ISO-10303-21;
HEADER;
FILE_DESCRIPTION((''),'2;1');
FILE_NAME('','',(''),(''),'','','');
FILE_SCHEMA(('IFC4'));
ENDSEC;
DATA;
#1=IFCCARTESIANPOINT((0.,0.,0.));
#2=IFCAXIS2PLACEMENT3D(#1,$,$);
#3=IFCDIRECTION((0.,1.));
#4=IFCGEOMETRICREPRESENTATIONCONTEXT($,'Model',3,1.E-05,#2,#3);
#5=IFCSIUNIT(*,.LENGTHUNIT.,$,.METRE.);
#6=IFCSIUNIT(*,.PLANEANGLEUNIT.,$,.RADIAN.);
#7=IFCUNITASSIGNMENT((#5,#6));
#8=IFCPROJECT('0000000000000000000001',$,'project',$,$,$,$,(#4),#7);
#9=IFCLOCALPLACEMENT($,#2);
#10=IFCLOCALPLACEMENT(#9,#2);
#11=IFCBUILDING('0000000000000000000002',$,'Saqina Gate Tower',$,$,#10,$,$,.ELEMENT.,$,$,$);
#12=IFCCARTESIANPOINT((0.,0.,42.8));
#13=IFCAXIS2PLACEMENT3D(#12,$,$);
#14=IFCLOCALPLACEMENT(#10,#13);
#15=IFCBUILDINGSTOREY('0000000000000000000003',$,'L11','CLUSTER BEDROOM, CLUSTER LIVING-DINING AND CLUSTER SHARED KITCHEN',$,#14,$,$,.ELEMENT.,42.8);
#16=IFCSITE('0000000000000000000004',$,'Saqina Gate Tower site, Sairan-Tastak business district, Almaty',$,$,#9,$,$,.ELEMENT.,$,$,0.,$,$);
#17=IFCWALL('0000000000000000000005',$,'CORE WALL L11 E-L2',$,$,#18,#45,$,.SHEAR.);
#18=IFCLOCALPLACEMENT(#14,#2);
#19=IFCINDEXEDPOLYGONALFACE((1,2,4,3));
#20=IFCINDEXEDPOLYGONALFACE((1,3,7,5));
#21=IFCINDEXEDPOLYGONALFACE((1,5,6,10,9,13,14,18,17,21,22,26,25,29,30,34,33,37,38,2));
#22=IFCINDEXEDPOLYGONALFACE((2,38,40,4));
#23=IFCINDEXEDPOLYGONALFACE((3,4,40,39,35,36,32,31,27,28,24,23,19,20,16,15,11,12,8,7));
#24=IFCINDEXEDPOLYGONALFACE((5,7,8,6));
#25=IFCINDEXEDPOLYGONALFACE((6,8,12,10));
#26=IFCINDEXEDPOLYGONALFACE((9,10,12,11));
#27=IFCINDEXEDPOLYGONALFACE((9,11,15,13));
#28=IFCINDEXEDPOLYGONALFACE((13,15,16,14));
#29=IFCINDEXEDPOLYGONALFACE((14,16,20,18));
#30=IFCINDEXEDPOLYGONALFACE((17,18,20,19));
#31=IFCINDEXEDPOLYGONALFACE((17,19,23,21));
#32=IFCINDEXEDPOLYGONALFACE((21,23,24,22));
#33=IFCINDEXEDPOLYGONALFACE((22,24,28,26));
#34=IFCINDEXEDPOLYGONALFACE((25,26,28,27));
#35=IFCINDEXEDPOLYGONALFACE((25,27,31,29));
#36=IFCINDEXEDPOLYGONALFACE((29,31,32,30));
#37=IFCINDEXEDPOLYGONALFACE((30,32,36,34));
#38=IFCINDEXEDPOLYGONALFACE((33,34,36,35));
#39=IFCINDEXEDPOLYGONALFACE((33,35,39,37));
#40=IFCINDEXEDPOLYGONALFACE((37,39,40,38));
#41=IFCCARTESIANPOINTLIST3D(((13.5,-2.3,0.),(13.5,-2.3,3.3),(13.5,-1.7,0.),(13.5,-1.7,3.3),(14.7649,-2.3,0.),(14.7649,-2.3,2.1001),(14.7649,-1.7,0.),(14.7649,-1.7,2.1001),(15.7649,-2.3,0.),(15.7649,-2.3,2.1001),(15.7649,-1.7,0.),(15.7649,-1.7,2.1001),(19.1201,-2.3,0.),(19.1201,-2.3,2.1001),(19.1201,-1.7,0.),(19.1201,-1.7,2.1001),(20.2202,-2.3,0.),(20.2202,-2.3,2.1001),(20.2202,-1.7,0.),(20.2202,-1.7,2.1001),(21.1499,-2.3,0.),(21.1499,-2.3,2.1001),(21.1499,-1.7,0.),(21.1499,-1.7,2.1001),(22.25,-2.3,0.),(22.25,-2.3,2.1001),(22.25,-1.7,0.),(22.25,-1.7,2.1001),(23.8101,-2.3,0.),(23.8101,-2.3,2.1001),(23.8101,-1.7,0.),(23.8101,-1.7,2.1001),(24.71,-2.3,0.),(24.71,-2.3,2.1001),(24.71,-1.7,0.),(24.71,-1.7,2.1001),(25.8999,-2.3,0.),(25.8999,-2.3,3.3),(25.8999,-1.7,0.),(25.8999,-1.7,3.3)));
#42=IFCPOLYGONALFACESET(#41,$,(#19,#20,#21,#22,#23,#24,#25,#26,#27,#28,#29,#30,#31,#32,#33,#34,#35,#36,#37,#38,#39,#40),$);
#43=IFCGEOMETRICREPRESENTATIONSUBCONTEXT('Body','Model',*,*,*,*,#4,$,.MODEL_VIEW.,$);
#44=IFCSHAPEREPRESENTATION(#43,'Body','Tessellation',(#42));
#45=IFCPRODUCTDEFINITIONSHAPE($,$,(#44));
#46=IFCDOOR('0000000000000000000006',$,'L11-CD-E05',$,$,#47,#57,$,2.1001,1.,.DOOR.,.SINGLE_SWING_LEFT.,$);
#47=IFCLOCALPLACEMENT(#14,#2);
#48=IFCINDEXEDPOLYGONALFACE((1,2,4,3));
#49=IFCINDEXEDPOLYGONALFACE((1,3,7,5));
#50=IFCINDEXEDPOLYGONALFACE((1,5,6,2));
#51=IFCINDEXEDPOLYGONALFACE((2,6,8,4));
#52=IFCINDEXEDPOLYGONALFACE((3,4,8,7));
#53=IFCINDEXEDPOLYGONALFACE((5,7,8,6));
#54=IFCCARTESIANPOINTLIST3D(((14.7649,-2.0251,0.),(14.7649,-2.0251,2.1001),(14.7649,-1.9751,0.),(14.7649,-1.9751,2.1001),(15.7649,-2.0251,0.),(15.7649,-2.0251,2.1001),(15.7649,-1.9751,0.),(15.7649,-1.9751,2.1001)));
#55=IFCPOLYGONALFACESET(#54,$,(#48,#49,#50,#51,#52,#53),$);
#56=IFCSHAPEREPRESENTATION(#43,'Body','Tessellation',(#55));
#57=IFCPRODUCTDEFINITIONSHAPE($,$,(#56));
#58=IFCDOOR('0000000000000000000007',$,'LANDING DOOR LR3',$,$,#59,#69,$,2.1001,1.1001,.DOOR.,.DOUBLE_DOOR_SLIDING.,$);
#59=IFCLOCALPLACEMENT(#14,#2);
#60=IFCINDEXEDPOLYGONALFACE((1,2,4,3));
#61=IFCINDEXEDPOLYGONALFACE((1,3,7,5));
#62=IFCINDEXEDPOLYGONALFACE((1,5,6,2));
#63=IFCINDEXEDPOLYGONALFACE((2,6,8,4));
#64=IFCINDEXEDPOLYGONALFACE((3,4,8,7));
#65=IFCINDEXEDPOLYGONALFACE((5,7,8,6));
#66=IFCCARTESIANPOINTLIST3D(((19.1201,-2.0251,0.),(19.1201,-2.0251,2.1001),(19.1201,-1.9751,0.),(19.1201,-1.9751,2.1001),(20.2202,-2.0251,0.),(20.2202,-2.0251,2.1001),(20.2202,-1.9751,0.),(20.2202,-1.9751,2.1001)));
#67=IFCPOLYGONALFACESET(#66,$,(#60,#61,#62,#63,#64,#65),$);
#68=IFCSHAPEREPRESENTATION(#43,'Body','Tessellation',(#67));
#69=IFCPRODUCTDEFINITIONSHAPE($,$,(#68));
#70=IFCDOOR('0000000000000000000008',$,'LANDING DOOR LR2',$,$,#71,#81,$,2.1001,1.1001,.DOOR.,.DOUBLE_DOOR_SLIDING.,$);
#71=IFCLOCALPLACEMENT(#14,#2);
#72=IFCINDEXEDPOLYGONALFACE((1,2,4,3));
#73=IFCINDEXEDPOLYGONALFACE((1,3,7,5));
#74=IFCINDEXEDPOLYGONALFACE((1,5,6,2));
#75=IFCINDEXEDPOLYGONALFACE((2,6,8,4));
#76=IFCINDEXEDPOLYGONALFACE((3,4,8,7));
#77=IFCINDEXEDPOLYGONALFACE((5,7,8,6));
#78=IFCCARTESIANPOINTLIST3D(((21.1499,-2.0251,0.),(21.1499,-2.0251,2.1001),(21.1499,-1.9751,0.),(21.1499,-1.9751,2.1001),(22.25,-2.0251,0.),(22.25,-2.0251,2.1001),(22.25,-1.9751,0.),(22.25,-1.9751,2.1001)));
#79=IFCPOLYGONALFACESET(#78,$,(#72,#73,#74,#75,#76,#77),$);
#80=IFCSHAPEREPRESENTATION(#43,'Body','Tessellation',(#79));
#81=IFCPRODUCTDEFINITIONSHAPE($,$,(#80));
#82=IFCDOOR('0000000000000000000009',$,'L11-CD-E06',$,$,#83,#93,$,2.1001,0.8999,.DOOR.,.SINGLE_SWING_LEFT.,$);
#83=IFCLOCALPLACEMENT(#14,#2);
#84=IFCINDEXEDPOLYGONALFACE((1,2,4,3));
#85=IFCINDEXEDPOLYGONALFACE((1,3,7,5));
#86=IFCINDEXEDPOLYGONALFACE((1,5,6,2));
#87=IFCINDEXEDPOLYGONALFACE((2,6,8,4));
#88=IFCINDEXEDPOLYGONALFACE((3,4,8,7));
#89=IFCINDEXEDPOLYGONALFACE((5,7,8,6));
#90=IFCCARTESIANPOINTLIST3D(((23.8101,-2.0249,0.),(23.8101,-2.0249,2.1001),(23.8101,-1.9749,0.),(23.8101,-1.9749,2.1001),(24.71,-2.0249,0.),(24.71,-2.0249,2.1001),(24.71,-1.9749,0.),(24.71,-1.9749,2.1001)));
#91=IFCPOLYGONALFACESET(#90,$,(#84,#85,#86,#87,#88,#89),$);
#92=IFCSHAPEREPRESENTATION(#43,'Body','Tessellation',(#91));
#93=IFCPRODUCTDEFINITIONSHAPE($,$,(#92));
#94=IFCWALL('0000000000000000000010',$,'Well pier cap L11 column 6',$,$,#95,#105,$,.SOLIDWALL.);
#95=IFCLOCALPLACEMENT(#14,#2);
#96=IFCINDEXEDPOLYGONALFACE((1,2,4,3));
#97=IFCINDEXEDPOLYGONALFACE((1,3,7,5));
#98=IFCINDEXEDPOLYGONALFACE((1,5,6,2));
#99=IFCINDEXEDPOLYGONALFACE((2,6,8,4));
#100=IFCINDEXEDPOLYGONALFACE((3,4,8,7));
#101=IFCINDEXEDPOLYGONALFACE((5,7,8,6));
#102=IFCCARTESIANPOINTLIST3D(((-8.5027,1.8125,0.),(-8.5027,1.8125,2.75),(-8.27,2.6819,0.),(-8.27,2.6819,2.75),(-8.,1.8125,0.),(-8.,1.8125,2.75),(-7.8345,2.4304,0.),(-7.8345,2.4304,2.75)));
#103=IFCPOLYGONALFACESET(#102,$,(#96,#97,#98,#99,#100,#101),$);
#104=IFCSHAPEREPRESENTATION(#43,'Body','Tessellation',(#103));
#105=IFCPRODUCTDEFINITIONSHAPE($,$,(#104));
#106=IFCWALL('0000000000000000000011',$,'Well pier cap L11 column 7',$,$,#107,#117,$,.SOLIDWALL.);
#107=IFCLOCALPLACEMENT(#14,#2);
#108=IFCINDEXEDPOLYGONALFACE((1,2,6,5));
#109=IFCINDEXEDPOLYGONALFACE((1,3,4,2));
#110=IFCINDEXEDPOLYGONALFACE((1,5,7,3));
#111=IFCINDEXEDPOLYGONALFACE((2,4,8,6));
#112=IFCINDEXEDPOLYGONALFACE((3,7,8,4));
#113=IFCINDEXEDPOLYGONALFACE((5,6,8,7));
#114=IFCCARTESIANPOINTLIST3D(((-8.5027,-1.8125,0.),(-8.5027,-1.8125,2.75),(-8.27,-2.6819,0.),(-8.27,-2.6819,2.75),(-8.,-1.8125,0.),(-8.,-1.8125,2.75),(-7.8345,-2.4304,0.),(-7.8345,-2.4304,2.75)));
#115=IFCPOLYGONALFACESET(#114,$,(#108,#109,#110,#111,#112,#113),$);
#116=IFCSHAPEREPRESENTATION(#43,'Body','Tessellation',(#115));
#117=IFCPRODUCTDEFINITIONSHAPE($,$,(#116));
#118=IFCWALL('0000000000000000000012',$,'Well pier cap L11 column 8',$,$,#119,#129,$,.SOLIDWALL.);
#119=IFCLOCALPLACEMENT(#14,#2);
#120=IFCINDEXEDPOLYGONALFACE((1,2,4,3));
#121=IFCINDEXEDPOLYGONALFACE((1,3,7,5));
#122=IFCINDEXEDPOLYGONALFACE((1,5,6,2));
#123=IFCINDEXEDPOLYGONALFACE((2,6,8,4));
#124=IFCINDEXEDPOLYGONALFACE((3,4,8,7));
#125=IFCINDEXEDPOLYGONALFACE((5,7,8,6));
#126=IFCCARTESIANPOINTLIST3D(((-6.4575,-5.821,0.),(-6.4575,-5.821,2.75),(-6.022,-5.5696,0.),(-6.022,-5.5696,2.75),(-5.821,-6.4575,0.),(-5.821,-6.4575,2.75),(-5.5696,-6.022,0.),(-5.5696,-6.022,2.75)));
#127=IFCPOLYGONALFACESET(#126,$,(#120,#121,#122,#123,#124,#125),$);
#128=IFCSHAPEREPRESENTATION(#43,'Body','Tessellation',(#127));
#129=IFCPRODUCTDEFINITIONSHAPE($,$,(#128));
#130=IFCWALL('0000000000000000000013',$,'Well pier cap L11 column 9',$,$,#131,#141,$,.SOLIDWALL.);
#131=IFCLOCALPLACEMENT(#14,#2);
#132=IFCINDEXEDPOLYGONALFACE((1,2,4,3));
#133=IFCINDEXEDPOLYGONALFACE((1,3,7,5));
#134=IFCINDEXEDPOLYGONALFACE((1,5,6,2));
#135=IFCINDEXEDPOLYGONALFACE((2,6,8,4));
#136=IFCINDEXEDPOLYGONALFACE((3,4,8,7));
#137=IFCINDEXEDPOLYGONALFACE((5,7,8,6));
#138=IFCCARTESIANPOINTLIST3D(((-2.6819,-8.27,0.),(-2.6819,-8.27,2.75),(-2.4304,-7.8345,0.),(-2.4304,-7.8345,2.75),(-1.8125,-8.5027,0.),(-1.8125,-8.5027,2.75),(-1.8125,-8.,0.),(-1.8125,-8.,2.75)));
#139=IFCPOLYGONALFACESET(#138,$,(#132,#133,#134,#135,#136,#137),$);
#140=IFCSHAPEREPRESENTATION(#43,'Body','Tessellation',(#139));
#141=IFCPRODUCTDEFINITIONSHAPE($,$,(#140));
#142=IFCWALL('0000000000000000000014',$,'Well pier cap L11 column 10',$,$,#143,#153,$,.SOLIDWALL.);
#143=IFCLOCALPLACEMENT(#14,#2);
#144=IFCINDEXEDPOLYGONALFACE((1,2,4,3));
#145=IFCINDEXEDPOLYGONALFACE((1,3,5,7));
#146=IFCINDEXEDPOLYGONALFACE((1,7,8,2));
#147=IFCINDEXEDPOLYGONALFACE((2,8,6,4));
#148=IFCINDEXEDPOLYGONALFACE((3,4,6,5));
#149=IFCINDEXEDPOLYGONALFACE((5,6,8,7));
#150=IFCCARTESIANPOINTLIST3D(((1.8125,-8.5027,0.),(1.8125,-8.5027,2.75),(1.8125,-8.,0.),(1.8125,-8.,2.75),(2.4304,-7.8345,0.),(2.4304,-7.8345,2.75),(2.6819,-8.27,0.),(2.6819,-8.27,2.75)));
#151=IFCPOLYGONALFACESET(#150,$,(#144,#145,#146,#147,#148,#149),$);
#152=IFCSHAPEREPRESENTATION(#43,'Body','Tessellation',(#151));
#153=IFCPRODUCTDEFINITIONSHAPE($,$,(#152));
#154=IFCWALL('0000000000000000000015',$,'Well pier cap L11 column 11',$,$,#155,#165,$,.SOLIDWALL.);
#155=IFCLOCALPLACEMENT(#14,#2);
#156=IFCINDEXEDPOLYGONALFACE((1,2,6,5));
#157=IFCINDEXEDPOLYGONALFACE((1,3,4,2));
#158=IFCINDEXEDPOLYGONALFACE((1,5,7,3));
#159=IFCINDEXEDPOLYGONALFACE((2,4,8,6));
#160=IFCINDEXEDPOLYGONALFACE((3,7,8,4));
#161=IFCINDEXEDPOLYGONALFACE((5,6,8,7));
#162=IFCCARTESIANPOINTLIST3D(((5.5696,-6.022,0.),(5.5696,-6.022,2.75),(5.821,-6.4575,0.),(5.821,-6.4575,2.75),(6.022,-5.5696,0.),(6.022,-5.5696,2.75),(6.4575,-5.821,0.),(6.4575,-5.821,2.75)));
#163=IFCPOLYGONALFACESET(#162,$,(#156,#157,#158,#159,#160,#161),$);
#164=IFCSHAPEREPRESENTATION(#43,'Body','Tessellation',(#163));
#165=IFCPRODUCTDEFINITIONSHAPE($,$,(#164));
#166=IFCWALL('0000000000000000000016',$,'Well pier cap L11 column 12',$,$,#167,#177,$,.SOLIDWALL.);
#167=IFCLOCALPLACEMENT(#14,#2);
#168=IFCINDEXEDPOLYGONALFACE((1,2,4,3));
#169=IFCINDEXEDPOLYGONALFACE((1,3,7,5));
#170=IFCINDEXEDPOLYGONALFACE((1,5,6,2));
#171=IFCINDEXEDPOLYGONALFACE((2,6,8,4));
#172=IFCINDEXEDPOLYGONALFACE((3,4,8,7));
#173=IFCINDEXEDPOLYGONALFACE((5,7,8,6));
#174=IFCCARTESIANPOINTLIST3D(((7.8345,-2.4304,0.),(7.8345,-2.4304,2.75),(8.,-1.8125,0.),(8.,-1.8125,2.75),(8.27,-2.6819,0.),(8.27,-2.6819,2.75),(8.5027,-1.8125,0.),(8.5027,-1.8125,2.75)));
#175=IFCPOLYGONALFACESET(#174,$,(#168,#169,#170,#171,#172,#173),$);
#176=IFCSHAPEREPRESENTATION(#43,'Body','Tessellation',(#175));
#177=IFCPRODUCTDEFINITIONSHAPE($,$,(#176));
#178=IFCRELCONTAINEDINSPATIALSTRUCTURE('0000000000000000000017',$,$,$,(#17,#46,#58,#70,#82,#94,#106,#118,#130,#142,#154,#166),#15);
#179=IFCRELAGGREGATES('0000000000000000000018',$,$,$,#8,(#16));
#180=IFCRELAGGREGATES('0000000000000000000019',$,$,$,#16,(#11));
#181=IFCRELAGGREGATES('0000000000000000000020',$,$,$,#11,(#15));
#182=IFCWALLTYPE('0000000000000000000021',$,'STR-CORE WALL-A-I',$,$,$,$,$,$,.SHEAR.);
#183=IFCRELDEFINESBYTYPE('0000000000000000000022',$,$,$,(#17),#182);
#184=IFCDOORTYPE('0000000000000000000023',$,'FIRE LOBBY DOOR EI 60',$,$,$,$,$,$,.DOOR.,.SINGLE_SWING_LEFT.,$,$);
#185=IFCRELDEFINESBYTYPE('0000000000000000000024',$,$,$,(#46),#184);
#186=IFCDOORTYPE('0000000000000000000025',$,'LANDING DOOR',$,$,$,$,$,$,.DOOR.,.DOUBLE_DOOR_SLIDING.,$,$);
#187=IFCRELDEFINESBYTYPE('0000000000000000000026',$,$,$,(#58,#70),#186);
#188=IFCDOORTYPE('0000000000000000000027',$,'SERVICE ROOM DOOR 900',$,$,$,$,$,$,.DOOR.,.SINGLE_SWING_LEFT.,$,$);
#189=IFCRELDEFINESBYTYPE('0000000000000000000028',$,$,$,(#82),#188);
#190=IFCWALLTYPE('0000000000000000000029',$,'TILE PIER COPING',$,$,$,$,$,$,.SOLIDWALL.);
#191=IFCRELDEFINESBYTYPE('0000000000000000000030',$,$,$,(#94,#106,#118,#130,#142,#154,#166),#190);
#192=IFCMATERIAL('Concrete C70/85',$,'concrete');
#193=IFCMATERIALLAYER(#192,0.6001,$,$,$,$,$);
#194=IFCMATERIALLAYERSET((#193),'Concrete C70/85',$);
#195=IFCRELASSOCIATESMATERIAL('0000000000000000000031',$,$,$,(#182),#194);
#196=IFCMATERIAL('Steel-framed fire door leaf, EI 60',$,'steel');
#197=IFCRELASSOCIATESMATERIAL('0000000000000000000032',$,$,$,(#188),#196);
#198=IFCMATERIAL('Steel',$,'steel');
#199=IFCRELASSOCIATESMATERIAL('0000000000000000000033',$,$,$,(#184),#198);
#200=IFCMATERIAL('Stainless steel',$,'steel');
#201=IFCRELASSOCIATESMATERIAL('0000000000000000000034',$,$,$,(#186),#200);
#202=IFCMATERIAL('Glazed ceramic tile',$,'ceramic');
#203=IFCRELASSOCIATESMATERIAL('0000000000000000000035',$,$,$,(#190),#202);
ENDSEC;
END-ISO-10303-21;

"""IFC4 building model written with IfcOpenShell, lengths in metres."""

from ifc_helpers import new_model, si_unit, direction, frame, frame_2d, origin, place, context, subcontext, project, spatial, polyline, rectangle, outline, extrude, material, layer, layer_set, type_object, element, fill, save


model = new_model("IFC4")

# Units and contexts
model_context = context("Model", 3, precision=1e-05, world=origin(), true_north=direction((0.0, 1.0)))
body_context = subcontext(model_context, "Body", "Model", "MODEL_VIEW")
ifc_project = project(units=[si_unit("LENGTHUNIT", "METRE"), si_unit("PLANEANGLEUNIT", "RADIAN")], contexts=[model_context])

# Site, building, storey
site_placement = place(None, origin())
site = spatial("IfcSite", under=ifc_project, at=site_placement, Name="Saqina Gate Tower site, Sairan-Tastak business district, Almaty", CompositionType="ELEMENT", RefElevation=0.0)
building_placement = place(site_placement, origin())
building = spatial("IfcBuilding", under=site, at=building_placement, Name="Saqina Gate Tower", CompositionType="ELEMENT")
storey_placement = place(building_placement, frame((0.0, 0.0, 42.8)))
storey = spatial("IfcBuildingStorey", under=building, at=storey_placement, Name="L11", Description="CLUSTER BEDROOM, CLUSTER LIVING-DINING AND CLUSTER SHARED KITCHEN", CompositionType="ELEMENT", Elevation=42.8)

# Wall, openings, doors
ifc_material_1 = material(Name="Concrete C70/85", Category="concrete")
ifc_layer_1 = layer(ifc_material_1, 0.6001)
ifc_layer_set_1 = layer_set([ifc_layer_1], Name="Concrete C70/85")
wall_type_1 = type_object("IfcWallType", Name="STR-CORE WALL-A-I", PredefinedType="SHEAR", material=ifc_layer_set_1)
ifc_material_2 = material(Name="Steel-framed fire door leaf, EI 60", Category="steel")
door_type_1 = type_object("IfcDoorType", Name="SERVICE ROOM DOOR 900", OperationType="SINGLE_SWING_LEFT", PredefinedType="DOOR", material=ifc_material_2)
wall_1_placement = place(storey_placement, frame((13.5, -2.0, 0.0), z_axis=(0.0, 0.0, 1.0), x_axis=(1.0, 0.0, 0.0)))
wall_1 = element("IfcWall", 1, at=wall_1_placement, inside=storey, type_object=wall_type_1, Name="CORE WALL L11 E-L2", PredefinedType="SHEAR", context=body_context, shape_type="SweptSolid", body=[
    extrude(rectangle(XDim=12.3999, YDim=0.6001, at=frame_2d((6.2, 0.0))), origin(), (0.0, 0.0, 1.0), 3.3),
])
opening_1_placement = place(wall_1_placement, frame((5.6201, 0.0, 0.0)))
opening_1 = element("IfcOpeningElement", 2, at=opening_1_placement, cuts=wall_1, PredefinedType="OPENING", context=body_context, shape_type="SweptSolid", body=[
    extrude(rectangle(XDim=1.1001, YDim=2.1001, at=frame_2d((0.55, 1.05))), frame((0.0, 0.312, 0.0), z_axis=(0.0, -1.0, 0.0), x_axis=(1.0, 0.0, 0.0)), (0.0, 0.0, 1.0), 0.624),
])
opening_2_placement = place(wall_1_placement, frame((7.6499, 0.0, 0.0)))
opening_2 = element("IfcOpeningElement", 3, at=opening_2_placement, cuts=wall_1, PredefinedType="OPENING", context=body_context, shape_type="SweptSolid", body=[
    extrude(rectangle(XDim=1.1001, YDim=2.1001, at=frame_2d((0.55, 1.05))), frame((0.0, 0.312, 0.0), z_axis=(0.0, -1.0, 0.0), x_axis=(1.0, 0.0, 0.0)), (0.0, 0.0, 1.0), 0.624),
])
opening_3_placement = place(wall_1_placement, frame((1.2649, 0.0, 0.0)))
opening_3 = element("IfcOpeningElement", 4, at=opening_3_placement, cuts=wall_1, PredefinedType="OPENING", context=body_context, shape_type="SweptSolid", body=[
    extrude(rectangle(XDim=1.0, YDim=2.1001, at=frame_2d((0.5, 1.05))), frame((0.0, 0.312, 0.0), z_axis=(0.0, -1.0, 0.0), x_axis=(1.0, 0.0, 0.0)), (0.0, 0.0, 1.0), 0.624),
])
opening_4_placement = place(wall_1_placement, frame((10.3101, 0.0, 0.0)))
opening_4 = element("IfcOpeningElement", 5, at=opening_4_placement, cuts=wall_1, PredefinedType="OPENING", context=body_context, shape_type="SweptSolid", body=[
    extrude(rectangle(XDim=0.8999, YDim=2.1001, at=frame_2d((0.45, 1.05))), frame((0.0, 0.312, 0.0), z_axis=(0.0, -1.0, 0.0), x_axis=(1.0, 0.0, 0.0)), (0.0, 0.0, 1.0), 0.624),
])
ifc_material_3 = material(Name="Steel", Category="steel")
door_type_2 = type_object("IfcDoorType", Name="FIRE LOBBY DOOR EI 60", OperationType="SINGLE_SWING_LEFT", PredefinedType="DOOR", material=ifc_material_3)
door_1_placement = place(opening_3_placement, origin())
door_1 = element("IfcDoor", 6, at=door_1_placement, inside=storey, type_object=door_type_2, Name="L11-CD-E05", OperationType="SINGLE_SWING_LEFT", OverallHeight=2.1001, OverallWidth=1.0, PredefinedType="DOOR", context=body_context, shape_type="SweptSolid", body=[
    extrude(rectangle(XDim=1.0, YDim=2.1001, at=frame_2d((0.5, 1.05))), frame((0.0, 0.0249, 0.0), z_axis=(0.0, -1.0, 0.0), x_axis=(1.0, 0.0, 0.0)), (0.0, 0.0, 1.0), 0.05),
])
fill(opening_3, door_1)
ifc_material_4 = material(Name="Stainless steel", Category="steel")
door_type_3 = type_object("IfcDoorType", Name="LANDING DOOR", OperationType="DOUBLE_DOOR_SLIDING", PredefinedType="DOOR", material=ifc_material_4)
door_2_placement = place(opening_1_placement, origin())
door_2 = element("IfcDoor", 7, at=door_2_placement, inside=storey, type_object=door_type_3, Name="LANDING DOOR LR3", OperationType="DOUBLE_DOOR_SLIDING", OverallHeight=2.1001, OverallWidth=1.1001, PredefinedType="DOOR", context=body_context, shape_type="SweptSolid", body=[
    extrude(rectangle(XDim=1.1001, YDim=2.1001, at=frame_2d((0.55, 1.05))), frame((0.0, 0.0249, 0.0), z_axis=(0.0, -1.0, 0.0), x_axis=(1.0, 0.0, 0.0)), (0.0, 0.0, 1.0), 0.05),
])
fill(opening_1, door_2)
door_3_placement = place(opening_2_placement, origin())
door_3 = element("IfcDoor", 8, at=door_3_placement, inside=storey, type_object=door_type_3, Name="LANDING DOOR LR2", OperationType="DOUBLE_DOOR_SLIDING", OverallHeight=2.1001, OverallWidth=1.1001, PredefinedType="DOOR", context=body_context, shape_type="SweptSolid", body=[
    extrude(rectangle(XDim=1.1001, YDim=2.1001, at=frame_2d((0.55, 1.05))), frame((0.0, 0.0249, 0.0), z_axis=(0.0, -1.0, 0.0), x_axis=(1.0, 0.0, 0.0)), (0.0, 0.0, 1.0), 0.05),
])
fill(opening_2, door_3)
door_4_placement = place(opening_4_placement, frame((0.8999, 0.0, 0.0), z_axis=(0.0, 0.0, 1.0), x_axis=(-1.0, 0.0, 0.0)))
door_4 = element("IfcDoor", 9, at=door_4_placement, inside=storey, type_object=door_type_1, Name="L11-CD-E06", OperationType="SINGLE_SWING_LEFT", OverallHeight=2.1001, OverallWidth=0.8999, PredefinedType="DOOR", context=body_context, shape_type="SweptSolid", body=[
    extrude(rectangle(XDim=0.8999, YDim=2.1001, at=frame_2d((0.45, 1.05))), frame((0.0, 0.0249, 0.0), z_axis=(0.0, -1.0, 0.0), x_axis=(1.0, 0.0, 0.0)), (0.0, 0.0, 1.0), 0.05),
])
fill(opening_4, door_4)

# Walls
ifc_material_5 = material(Name="Glazed ceramic tile", Category="ceramic")
wall_type_2 = type_object("IfcWallType", Name="TILE PIER COPING", PredefinedType="SOLIDWALL", material=ifc_material_5)
wall_2_placement = place(storey_placement, origin())
element("IfcWall", 10, at=wall_2_placement, inside=storey, type_object=wall_type_2, Name="Well pier cap L11 column 6", PredefinedType="SOLIDWALL", context=body_context, shape_type="SweptSolid", body=[
    extrude(outline(polyline([(-8.5027, 1.8125), (-8.0, 1.8125), (-7.8345, 2.4304), (-8.27, 2.6819), (-8.5027, 1.8125)])), origin(), (0.0, 0.0, 1.0), 2.75),
])
wall_3_placement = place(storey_placement, origin())
element("IfcWall", 11, at=wall_3_placement, inside=storey, type_object=wall_type_2, Name="Well pier cap L11 column 7", PredefinedType="SOLIDWALL", context=body_context, shape_type="SweptSolid", body=[
    extrude(outline(polyline([(-8.27, -2.6819), (-7.8345, -2.4304), (-8.0, -1.8125), (-8.5027, -1.8125), (-8.27, -2.6819)])), origin(), (0.0, 0.0, 1.0), 2.75),
])
wall_4_placement = place(storey_placement, origin())
element("IfcWall", 12, at=wall_4_placement, inside=storey, type_object=wall_type_2, Name="Well pier cap L11 column 8", PredefinedType="SOLIDWALL", context=body_context, shape_type="SweptSolid", body=[
    extrude(outline(polyline([(-6.4575, -5.821), (-5.821, -6.4575), (-5.5696, -6.022), (-6.022, -5.5696), (-6.4575, -5.821)])), origin(), (0.0, 0.0, 1.0), 2.75),
])
wall_5_placement = place(storey_placement, origin())
element("IfcWall", 13, at=wall_5_placement, inside=storey, type_object=wall_type_2, Name="Well pier cap L11 column 9", PredefinedType="SOLIDWALL", context=body_context, shape_type="SweptSolid", body=[
    extrude(outline(polyline([(-1.8125, -8.5027), (-1.8125, -8.0), (-2.4304, -7.8345), (-2.6819, -8.27), (-1.8125, -8.5027)])), origin(), (0.0, 0.0, 1.0), 2.75),
])
wall_6_placement = place(storey_placement, origin())
element("IfcWall", 14, at=wall_6_placement, inside=storey, type_object=wall_type_2, Name="Well pier cap L11 column 10", PredefinedType="SOLIDWALL", context=body_context, shape_type="SweptSolid", body=[
    extrude(outline(polyline([(2.6819, -8.27), (2.4304, -7.8345), (1.8125, -8.0), (1.8125, -8.5027), (2.6819, -8.27)])), origin(), (0.0, 0.0, 1.0), 2.75),
])
wall_7_placement = place(storey_placement, origin())
element("IfcWall", 15, at=wall_7_placement, inside=storey, type_object=wall_type_2, Name="Well pier cap L11 column 11", PredefinedType="SOLIDWALL", context=body_context, shape_type="SweptSolid", body=[
    extrude(outline(polyline([(5.821, -6.4575), (6.4575, -5.821), (6.022, -5.5696), (5.5696, -6.022), (5.821, -6.4575)])), origin(), (0.0, 0.0, 1.0), 2.75),
])
wall_8_placement = place(storey_placement, origin())
element("IfcWall", 16, at=wall_8_placement, inside=storey, type_object=wall_type_2, Name="Well pier cap L11 column 12", PredefinedType="SOLIDWALL", context=body_context, shape_type="SweptSolid", body=[
    extrude(outline(polyline([(8.5027, -1.8125), (8.0, -1.8125), (7.8345, -2.4304), (8.27, -2.6819), (8.5027, -1.8125)])), origin(), (0.0, 0.0, 1.0), 2.75),
])

save(model, "model.ifc")
